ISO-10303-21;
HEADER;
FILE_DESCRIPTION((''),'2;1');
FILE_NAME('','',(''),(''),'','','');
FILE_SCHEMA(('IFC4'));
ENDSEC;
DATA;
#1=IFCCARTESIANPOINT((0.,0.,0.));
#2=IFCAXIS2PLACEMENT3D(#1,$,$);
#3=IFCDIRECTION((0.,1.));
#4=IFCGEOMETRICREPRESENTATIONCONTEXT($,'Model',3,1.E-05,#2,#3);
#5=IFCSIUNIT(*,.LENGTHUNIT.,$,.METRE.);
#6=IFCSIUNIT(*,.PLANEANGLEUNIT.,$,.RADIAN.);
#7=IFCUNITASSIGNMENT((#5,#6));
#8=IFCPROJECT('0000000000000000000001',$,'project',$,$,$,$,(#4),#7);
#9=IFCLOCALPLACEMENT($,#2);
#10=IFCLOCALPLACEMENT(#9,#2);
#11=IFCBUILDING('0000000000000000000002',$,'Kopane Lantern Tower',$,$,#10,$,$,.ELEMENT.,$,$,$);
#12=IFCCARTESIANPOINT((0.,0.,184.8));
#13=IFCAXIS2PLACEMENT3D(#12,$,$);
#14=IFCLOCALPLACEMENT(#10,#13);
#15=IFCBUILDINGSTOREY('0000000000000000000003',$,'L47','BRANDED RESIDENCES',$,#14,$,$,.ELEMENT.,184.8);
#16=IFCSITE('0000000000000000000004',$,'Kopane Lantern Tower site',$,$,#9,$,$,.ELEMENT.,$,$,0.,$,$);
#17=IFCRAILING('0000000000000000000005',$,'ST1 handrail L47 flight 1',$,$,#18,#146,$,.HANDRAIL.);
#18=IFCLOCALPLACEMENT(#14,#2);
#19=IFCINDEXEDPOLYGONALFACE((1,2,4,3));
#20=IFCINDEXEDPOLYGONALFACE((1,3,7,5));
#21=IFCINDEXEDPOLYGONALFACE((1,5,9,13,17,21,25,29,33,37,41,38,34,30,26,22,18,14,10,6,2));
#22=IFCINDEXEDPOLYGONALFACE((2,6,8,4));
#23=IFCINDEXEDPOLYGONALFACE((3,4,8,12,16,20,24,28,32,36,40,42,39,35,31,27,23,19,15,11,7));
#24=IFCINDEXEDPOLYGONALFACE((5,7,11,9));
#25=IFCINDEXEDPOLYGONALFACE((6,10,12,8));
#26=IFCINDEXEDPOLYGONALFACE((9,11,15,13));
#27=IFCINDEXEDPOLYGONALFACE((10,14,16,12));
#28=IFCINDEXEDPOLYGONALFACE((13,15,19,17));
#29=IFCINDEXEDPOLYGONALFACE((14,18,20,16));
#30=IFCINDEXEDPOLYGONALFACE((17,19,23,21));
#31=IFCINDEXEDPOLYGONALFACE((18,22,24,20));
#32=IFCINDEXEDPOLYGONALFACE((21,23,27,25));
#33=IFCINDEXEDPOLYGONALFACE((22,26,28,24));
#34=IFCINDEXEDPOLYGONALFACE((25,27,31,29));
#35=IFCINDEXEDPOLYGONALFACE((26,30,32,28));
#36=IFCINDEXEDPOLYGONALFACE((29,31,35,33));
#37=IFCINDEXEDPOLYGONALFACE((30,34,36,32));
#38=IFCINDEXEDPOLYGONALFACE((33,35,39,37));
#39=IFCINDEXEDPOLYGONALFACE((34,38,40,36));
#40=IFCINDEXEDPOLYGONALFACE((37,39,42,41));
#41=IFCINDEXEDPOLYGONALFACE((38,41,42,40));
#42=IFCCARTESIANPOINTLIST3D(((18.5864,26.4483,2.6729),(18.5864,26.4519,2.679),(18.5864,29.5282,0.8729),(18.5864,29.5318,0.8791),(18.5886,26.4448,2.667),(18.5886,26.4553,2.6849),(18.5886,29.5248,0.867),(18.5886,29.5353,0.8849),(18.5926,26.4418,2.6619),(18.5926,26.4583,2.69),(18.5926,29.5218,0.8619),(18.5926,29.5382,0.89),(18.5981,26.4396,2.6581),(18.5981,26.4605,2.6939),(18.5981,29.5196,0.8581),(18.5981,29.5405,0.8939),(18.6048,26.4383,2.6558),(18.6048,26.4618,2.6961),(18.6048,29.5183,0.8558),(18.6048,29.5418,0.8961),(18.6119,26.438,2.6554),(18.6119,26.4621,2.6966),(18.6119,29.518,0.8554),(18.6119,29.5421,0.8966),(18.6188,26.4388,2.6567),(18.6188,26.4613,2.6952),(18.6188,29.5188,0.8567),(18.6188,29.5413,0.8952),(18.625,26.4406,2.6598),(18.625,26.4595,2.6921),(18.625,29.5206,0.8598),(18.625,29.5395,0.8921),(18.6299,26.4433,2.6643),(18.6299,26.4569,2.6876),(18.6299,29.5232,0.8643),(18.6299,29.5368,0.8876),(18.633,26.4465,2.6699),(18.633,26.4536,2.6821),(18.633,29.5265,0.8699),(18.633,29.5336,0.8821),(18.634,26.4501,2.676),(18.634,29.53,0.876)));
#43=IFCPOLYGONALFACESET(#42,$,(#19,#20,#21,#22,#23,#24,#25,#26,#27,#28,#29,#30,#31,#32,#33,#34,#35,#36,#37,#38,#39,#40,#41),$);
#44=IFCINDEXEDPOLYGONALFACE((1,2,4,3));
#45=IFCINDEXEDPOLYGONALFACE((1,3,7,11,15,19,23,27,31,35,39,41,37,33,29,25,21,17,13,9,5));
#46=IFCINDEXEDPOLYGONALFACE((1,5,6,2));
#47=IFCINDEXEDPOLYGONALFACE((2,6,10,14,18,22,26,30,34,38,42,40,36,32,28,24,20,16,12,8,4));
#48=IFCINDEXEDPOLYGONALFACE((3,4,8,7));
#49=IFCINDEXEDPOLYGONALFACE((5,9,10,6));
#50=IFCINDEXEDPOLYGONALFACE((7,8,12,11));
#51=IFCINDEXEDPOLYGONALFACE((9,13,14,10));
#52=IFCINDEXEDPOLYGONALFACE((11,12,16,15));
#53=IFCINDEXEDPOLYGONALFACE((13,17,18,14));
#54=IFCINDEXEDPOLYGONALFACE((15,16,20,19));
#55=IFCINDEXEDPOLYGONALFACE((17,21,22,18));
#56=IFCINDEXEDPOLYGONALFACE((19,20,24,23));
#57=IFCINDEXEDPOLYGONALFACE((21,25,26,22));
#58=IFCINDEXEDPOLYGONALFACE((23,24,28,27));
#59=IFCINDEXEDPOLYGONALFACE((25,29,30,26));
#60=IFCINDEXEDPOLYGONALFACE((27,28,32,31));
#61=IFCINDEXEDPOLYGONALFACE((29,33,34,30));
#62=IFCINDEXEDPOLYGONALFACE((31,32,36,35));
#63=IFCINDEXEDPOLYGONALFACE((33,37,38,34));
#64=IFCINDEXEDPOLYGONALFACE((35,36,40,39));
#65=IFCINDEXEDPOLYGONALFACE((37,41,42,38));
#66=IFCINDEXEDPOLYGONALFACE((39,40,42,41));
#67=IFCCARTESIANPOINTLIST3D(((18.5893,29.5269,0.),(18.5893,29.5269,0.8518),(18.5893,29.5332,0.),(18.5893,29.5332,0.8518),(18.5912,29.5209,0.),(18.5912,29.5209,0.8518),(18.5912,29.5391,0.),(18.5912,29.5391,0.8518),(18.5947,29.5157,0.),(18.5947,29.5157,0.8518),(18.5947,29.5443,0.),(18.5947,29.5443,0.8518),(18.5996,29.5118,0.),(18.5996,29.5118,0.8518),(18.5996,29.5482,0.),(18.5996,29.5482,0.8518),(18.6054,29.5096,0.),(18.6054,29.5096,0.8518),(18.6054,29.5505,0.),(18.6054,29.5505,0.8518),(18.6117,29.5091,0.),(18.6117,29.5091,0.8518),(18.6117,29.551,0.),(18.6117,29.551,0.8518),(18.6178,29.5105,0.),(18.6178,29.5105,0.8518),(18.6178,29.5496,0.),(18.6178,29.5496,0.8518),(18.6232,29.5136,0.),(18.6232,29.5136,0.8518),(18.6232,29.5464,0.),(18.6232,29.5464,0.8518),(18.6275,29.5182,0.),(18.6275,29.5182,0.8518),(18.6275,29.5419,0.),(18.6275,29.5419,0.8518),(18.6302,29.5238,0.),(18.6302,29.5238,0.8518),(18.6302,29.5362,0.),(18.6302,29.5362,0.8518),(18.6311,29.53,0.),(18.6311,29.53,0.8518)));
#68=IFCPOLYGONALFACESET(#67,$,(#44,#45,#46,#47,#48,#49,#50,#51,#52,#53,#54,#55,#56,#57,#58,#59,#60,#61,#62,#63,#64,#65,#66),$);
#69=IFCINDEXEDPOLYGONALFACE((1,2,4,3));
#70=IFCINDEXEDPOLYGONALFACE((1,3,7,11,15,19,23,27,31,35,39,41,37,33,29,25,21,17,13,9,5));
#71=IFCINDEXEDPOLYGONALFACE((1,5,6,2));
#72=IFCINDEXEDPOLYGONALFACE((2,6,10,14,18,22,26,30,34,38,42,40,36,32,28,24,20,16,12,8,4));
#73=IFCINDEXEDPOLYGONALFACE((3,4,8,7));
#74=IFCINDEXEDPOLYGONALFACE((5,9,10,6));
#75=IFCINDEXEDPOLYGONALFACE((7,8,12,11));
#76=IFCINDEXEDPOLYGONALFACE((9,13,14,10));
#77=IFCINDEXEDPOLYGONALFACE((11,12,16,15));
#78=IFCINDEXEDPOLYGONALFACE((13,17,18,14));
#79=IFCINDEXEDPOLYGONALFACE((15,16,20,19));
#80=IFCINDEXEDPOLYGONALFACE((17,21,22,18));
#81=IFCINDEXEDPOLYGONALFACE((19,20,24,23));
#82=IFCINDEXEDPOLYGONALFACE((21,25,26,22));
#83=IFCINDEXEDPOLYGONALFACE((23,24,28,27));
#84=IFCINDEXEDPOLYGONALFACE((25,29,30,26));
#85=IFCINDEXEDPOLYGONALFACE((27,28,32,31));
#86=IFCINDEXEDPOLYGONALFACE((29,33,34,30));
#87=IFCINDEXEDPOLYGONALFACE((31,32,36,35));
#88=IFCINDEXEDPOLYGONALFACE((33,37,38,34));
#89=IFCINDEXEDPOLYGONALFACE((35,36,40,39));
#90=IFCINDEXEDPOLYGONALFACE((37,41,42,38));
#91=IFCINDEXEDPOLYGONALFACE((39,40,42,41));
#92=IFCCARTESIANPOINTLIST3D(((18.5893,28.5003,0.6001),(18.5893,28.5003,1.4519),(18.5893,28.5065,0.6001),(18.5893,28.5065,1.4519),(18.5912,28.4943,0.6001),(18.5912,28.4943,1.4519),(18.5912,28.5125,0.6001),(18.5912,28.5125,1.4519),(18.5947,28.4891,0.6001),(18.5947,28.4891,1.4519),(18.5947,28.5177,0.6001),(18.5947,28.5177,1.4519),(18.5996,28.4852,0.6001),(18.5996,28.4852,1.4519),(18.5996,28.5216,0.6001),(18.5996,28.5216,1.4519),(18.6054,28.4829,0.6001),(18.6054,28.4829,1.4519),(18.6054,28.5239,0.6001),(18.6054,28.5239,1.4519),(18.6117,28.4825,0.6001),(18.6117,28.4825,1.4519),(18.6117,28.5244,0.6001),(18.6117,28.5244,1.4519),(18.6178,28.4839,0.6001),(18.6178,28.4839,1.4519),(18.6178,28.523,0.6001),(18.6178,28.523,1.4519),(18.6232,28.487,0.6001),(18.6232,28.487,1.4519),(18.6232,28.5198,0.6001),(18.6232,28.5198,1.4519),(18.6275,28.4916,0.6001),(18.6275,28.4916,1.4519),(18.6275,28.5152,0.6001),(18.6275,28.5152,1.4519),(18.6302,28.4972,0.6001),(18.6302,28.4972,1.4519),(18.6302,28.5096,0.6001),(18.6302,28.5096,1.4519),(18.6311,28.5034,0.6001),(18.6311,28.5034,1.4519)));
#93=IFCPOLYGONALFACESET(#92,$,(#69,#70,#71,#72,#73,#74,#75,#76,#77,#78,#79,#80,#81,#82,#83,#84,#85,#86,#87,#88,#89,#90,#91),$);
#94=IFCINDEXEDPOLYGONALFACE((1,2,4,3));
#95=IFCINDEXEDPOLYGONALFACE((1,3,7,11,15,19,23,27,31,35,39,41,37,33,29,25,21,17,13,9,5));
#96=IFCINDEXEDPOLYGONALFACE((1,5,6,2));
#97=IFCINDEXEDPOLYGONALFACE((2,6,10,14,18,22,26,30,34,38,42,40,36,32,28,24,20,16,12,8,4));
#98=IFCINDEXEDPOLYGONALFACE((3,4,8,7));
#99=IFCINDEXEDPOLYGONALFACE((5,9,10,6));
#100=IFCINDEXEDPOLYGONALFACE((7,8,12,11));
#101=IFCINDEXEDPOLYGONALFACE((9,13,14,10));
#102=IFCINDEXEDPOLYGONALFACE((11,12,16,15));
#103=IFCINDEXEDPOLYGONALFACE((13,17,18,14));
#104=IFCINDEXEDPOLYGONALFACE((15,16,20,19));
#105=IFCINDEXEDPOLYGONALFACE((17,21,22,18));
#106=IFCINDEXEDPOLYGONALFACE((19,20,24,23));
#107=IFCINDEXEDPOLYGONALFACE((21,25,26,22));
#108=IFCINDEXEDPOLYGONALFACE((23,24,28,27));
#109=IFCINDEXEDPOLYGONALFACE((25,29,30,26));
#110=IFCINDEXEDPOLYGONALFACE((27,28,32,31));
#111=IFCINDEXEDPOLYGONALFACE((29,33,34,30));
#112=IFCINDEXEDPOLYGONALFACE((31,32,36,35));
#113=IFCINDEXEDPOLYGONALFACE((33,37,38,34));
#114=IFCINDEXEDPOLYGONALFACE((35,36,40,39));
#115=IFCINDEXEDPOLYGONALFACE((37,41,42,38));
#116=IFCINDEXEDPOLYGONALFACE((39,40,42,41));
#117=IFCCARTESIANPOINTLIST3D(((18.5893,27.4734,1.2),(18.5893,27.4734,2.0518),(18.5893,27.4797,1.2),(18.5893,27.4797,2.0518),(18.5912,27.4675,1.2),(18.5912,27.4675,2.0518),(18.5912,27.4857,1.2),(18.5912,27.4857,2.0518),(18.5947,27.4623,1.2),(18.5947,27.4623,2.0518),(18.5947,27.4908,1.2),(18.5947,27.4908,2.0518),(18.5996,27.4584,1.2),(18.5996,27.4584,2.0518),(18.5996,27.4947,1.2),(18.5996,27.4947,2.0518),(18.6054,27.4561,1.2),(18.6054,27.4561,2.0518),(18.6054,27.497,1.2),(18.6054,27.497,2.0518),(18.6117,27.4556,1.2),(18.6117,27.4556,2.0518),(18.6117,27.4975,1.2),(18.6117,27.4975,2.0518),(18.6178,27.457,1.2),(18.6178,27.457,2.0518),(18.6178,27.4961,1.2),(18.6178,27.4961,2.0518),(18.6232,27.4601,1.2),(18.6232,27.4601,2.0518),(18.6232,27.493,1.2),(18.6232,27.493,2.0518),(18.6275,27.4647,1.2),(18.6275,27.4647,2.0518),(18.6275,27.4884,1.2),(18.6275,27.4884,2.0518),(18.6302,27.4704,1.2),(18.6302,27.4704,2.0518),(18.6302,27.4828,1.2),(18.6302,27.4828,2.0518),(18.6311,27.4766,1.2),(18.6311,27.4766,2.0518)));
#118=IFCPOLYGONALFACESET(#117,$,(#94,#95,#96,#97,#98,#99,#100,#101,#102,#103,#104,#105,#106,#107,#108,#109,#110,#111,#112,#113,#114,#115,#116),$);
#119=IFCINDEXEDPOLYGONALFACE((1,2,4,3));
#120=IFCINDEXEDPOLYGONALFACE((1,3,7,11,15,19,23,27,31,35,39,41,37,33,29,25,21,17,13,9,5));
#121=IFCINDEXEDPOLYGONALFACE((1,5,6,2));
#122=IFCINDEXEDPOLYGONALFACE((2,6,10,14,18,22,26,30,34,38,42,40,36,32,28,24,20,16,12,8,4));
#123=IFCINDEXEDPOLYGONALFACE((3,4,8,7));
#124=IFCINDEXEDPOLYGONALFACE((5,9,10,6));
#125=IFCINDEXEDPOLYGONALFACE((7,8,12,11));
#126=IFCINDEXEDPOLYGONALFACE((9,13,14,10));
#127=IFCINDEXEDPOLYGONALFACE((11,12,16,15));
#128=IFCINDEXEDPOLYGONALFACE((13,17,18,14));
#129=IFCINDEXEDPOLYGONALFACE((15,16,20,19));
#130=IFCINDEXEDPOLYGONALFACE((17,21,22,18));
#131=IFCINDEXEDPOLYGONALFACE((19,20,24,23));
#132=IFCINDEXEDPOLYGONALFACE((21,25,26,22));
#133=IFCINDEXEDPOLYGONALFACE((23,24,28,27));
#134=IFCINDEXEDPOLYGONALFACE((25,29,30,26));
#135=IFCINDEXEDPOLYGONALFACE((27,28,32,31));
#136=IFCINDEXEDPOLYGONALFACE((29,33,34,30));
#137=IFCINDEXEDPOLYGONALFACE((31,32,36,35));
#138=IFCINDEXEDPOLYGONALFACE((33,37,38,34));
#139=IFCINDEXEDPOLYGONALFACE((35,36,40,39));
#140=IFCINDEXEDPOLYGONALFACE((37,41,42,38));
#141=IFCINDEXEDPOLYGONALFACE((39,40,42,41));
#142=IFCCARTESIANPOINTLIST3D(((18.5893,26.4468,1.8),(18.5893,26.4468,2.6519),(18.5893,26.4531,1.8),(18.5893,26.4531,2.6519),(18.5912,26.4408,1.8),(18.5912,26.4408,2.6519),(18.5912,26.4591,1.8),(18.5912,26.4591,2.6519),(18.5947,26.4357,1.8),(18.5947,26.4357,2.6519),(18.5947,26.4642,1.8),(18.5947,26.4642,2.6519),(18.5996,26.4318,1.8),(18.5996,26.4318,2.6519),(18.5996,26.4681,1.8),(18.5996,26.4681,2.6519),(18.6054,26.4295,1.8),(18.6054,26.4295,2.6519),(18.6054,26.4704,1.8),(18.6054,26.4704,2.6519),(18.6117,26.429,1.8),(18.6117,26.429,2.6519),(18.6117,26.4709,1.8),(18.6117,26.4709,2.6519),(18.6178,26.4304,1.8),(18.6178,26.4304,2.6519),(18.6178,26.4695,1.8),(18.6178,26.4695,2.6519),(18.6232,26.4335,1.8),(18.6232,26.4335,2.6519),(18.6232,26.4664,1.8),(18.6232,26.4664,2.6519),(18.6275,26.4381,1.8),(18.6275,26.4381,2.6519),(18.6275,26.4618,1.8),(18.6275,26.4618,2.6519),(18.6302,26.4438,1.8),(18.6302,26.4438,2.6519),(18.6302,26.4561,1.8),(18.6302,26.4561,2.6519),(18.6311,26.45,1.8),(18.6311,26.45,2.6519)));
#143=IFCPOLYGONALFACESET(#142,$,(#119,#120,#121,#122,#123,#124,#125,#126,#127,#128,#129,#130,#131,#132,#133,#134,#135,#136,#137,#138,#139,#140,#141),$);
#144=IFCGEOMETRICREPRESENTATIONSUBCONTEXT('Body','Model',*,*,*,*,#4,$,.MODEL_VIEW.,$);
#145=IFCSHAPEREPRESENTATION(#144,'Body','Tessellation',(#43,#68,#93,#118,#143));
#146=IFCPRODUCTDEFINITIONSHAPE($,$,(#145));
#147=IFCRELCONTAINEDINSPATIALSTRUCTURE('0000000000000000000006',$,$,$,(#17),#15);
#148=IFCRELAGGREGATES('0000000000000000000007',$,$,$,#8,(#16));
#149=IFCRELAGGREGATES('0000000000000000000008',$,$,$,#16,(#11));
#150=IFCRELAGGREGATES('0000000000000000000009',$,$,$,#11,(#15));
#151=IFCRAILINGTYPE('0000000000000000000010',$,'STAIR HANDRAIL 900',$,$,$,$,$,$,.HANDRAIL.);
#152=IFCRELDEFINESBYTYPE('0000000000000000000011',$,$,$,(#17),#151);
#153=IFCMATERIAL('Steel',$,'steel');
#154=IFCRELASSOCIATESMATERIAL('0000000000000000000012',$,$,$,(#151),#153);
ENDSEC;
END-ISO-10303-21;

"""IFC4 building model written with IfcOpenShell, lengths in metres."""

from ifc_helpers import new_model, si_unit, direction, frame, origin, origin_2d, place, context, subcontext, project, spatial, circle, extrude, material, type_object, element, save


model = new_model("IFC4")

# Units and contexts
model_context = context("Model", 3, precision=1e-05, world=origin(), true_north=direction((0.0, 1.0)))
body_context = subcontext(model_context, "Body", "Model", "MODEL_VIEW")
ifc_project = project(units=[si_unit("LENGTHUNIT", "METRE"), si_unit("PLANEANGLEUNIT", "RADIAN")], contexts=[model_context])

# Site, building, storey
site_placement = place(None, origin())
site = spatial("IfcSite", under=ifc_project, at=site_placement, Name="Kopane Lantern Tower site", CompositionType="ELEMENT", RefElevation=0.0)
building_placement = place(site_placement, origin())
building = spatial("IfcBuilding", under=site, at=building_placement, Name="Kopane Lantern Tower", CompositionType="ELEMENT")
storey_placement = place(building_placement, frame((0.0, 0.0, 184.8)))
storey = spatial("IfcBuildingStorey", under=building, at=storey_placement, Name="L47", Description="BRANDED RESIDENCES", CompositionType="ELEMENT", Elevation=184.8)

# Railing
ifc_material_1 = material(Name="Steel", Category="steel")
railing_type_1 = type_object("IfcRailingType", Name="STAIR HANDRAIL 900", PredefinedType="HANDRAIL", material=ifc_material_1)
for number, where, name in (
    (1, (18.6101, 29.53, 0.0), "ST1 handrail L47 flight 1"),
):
    element("IfcRailing", number, at=place(storey_placement, frame(where)), inside=storey, type_object=railing_type_1, Name=name, PredefinedType="HANDRAIL", context=body_context, shape_type="SweptSolid", body=[
        extrude(circle(Radius=0.0239, at=origin_2d()), frame((0.0, 0.0, 0.876), z_axis=(0.0, -0.863372, 0.504569), x_axis=(1.0, 0.0, 0.0)), (0.0, 0.0, 1.0), 3.5674),
        extrude(circle(Radius=0.021, at=origin_2d()), origin(), (0.0, 0.0, 1.0), 0.8518),
        extrude(circle(Radius=0.021, at=origin_2d()), frame((0.0, -1.0266, 0.6001)), (0.0, 0.0, 1.0), 0.8518),
        extrude(circle(Radius=0.021, at=origin_2d()), frame((0.0, -2.0535, 1.2)), (0.0, 0.0, 1.0), 0.8518),
        extrude(circle(Radius=0.021, at=origin_2d()), frame((0.0, -3.0801, 1.8)), (0.0, 0.0, 1.0), 0.8518),
    ])

save(model, "model.ifc")
